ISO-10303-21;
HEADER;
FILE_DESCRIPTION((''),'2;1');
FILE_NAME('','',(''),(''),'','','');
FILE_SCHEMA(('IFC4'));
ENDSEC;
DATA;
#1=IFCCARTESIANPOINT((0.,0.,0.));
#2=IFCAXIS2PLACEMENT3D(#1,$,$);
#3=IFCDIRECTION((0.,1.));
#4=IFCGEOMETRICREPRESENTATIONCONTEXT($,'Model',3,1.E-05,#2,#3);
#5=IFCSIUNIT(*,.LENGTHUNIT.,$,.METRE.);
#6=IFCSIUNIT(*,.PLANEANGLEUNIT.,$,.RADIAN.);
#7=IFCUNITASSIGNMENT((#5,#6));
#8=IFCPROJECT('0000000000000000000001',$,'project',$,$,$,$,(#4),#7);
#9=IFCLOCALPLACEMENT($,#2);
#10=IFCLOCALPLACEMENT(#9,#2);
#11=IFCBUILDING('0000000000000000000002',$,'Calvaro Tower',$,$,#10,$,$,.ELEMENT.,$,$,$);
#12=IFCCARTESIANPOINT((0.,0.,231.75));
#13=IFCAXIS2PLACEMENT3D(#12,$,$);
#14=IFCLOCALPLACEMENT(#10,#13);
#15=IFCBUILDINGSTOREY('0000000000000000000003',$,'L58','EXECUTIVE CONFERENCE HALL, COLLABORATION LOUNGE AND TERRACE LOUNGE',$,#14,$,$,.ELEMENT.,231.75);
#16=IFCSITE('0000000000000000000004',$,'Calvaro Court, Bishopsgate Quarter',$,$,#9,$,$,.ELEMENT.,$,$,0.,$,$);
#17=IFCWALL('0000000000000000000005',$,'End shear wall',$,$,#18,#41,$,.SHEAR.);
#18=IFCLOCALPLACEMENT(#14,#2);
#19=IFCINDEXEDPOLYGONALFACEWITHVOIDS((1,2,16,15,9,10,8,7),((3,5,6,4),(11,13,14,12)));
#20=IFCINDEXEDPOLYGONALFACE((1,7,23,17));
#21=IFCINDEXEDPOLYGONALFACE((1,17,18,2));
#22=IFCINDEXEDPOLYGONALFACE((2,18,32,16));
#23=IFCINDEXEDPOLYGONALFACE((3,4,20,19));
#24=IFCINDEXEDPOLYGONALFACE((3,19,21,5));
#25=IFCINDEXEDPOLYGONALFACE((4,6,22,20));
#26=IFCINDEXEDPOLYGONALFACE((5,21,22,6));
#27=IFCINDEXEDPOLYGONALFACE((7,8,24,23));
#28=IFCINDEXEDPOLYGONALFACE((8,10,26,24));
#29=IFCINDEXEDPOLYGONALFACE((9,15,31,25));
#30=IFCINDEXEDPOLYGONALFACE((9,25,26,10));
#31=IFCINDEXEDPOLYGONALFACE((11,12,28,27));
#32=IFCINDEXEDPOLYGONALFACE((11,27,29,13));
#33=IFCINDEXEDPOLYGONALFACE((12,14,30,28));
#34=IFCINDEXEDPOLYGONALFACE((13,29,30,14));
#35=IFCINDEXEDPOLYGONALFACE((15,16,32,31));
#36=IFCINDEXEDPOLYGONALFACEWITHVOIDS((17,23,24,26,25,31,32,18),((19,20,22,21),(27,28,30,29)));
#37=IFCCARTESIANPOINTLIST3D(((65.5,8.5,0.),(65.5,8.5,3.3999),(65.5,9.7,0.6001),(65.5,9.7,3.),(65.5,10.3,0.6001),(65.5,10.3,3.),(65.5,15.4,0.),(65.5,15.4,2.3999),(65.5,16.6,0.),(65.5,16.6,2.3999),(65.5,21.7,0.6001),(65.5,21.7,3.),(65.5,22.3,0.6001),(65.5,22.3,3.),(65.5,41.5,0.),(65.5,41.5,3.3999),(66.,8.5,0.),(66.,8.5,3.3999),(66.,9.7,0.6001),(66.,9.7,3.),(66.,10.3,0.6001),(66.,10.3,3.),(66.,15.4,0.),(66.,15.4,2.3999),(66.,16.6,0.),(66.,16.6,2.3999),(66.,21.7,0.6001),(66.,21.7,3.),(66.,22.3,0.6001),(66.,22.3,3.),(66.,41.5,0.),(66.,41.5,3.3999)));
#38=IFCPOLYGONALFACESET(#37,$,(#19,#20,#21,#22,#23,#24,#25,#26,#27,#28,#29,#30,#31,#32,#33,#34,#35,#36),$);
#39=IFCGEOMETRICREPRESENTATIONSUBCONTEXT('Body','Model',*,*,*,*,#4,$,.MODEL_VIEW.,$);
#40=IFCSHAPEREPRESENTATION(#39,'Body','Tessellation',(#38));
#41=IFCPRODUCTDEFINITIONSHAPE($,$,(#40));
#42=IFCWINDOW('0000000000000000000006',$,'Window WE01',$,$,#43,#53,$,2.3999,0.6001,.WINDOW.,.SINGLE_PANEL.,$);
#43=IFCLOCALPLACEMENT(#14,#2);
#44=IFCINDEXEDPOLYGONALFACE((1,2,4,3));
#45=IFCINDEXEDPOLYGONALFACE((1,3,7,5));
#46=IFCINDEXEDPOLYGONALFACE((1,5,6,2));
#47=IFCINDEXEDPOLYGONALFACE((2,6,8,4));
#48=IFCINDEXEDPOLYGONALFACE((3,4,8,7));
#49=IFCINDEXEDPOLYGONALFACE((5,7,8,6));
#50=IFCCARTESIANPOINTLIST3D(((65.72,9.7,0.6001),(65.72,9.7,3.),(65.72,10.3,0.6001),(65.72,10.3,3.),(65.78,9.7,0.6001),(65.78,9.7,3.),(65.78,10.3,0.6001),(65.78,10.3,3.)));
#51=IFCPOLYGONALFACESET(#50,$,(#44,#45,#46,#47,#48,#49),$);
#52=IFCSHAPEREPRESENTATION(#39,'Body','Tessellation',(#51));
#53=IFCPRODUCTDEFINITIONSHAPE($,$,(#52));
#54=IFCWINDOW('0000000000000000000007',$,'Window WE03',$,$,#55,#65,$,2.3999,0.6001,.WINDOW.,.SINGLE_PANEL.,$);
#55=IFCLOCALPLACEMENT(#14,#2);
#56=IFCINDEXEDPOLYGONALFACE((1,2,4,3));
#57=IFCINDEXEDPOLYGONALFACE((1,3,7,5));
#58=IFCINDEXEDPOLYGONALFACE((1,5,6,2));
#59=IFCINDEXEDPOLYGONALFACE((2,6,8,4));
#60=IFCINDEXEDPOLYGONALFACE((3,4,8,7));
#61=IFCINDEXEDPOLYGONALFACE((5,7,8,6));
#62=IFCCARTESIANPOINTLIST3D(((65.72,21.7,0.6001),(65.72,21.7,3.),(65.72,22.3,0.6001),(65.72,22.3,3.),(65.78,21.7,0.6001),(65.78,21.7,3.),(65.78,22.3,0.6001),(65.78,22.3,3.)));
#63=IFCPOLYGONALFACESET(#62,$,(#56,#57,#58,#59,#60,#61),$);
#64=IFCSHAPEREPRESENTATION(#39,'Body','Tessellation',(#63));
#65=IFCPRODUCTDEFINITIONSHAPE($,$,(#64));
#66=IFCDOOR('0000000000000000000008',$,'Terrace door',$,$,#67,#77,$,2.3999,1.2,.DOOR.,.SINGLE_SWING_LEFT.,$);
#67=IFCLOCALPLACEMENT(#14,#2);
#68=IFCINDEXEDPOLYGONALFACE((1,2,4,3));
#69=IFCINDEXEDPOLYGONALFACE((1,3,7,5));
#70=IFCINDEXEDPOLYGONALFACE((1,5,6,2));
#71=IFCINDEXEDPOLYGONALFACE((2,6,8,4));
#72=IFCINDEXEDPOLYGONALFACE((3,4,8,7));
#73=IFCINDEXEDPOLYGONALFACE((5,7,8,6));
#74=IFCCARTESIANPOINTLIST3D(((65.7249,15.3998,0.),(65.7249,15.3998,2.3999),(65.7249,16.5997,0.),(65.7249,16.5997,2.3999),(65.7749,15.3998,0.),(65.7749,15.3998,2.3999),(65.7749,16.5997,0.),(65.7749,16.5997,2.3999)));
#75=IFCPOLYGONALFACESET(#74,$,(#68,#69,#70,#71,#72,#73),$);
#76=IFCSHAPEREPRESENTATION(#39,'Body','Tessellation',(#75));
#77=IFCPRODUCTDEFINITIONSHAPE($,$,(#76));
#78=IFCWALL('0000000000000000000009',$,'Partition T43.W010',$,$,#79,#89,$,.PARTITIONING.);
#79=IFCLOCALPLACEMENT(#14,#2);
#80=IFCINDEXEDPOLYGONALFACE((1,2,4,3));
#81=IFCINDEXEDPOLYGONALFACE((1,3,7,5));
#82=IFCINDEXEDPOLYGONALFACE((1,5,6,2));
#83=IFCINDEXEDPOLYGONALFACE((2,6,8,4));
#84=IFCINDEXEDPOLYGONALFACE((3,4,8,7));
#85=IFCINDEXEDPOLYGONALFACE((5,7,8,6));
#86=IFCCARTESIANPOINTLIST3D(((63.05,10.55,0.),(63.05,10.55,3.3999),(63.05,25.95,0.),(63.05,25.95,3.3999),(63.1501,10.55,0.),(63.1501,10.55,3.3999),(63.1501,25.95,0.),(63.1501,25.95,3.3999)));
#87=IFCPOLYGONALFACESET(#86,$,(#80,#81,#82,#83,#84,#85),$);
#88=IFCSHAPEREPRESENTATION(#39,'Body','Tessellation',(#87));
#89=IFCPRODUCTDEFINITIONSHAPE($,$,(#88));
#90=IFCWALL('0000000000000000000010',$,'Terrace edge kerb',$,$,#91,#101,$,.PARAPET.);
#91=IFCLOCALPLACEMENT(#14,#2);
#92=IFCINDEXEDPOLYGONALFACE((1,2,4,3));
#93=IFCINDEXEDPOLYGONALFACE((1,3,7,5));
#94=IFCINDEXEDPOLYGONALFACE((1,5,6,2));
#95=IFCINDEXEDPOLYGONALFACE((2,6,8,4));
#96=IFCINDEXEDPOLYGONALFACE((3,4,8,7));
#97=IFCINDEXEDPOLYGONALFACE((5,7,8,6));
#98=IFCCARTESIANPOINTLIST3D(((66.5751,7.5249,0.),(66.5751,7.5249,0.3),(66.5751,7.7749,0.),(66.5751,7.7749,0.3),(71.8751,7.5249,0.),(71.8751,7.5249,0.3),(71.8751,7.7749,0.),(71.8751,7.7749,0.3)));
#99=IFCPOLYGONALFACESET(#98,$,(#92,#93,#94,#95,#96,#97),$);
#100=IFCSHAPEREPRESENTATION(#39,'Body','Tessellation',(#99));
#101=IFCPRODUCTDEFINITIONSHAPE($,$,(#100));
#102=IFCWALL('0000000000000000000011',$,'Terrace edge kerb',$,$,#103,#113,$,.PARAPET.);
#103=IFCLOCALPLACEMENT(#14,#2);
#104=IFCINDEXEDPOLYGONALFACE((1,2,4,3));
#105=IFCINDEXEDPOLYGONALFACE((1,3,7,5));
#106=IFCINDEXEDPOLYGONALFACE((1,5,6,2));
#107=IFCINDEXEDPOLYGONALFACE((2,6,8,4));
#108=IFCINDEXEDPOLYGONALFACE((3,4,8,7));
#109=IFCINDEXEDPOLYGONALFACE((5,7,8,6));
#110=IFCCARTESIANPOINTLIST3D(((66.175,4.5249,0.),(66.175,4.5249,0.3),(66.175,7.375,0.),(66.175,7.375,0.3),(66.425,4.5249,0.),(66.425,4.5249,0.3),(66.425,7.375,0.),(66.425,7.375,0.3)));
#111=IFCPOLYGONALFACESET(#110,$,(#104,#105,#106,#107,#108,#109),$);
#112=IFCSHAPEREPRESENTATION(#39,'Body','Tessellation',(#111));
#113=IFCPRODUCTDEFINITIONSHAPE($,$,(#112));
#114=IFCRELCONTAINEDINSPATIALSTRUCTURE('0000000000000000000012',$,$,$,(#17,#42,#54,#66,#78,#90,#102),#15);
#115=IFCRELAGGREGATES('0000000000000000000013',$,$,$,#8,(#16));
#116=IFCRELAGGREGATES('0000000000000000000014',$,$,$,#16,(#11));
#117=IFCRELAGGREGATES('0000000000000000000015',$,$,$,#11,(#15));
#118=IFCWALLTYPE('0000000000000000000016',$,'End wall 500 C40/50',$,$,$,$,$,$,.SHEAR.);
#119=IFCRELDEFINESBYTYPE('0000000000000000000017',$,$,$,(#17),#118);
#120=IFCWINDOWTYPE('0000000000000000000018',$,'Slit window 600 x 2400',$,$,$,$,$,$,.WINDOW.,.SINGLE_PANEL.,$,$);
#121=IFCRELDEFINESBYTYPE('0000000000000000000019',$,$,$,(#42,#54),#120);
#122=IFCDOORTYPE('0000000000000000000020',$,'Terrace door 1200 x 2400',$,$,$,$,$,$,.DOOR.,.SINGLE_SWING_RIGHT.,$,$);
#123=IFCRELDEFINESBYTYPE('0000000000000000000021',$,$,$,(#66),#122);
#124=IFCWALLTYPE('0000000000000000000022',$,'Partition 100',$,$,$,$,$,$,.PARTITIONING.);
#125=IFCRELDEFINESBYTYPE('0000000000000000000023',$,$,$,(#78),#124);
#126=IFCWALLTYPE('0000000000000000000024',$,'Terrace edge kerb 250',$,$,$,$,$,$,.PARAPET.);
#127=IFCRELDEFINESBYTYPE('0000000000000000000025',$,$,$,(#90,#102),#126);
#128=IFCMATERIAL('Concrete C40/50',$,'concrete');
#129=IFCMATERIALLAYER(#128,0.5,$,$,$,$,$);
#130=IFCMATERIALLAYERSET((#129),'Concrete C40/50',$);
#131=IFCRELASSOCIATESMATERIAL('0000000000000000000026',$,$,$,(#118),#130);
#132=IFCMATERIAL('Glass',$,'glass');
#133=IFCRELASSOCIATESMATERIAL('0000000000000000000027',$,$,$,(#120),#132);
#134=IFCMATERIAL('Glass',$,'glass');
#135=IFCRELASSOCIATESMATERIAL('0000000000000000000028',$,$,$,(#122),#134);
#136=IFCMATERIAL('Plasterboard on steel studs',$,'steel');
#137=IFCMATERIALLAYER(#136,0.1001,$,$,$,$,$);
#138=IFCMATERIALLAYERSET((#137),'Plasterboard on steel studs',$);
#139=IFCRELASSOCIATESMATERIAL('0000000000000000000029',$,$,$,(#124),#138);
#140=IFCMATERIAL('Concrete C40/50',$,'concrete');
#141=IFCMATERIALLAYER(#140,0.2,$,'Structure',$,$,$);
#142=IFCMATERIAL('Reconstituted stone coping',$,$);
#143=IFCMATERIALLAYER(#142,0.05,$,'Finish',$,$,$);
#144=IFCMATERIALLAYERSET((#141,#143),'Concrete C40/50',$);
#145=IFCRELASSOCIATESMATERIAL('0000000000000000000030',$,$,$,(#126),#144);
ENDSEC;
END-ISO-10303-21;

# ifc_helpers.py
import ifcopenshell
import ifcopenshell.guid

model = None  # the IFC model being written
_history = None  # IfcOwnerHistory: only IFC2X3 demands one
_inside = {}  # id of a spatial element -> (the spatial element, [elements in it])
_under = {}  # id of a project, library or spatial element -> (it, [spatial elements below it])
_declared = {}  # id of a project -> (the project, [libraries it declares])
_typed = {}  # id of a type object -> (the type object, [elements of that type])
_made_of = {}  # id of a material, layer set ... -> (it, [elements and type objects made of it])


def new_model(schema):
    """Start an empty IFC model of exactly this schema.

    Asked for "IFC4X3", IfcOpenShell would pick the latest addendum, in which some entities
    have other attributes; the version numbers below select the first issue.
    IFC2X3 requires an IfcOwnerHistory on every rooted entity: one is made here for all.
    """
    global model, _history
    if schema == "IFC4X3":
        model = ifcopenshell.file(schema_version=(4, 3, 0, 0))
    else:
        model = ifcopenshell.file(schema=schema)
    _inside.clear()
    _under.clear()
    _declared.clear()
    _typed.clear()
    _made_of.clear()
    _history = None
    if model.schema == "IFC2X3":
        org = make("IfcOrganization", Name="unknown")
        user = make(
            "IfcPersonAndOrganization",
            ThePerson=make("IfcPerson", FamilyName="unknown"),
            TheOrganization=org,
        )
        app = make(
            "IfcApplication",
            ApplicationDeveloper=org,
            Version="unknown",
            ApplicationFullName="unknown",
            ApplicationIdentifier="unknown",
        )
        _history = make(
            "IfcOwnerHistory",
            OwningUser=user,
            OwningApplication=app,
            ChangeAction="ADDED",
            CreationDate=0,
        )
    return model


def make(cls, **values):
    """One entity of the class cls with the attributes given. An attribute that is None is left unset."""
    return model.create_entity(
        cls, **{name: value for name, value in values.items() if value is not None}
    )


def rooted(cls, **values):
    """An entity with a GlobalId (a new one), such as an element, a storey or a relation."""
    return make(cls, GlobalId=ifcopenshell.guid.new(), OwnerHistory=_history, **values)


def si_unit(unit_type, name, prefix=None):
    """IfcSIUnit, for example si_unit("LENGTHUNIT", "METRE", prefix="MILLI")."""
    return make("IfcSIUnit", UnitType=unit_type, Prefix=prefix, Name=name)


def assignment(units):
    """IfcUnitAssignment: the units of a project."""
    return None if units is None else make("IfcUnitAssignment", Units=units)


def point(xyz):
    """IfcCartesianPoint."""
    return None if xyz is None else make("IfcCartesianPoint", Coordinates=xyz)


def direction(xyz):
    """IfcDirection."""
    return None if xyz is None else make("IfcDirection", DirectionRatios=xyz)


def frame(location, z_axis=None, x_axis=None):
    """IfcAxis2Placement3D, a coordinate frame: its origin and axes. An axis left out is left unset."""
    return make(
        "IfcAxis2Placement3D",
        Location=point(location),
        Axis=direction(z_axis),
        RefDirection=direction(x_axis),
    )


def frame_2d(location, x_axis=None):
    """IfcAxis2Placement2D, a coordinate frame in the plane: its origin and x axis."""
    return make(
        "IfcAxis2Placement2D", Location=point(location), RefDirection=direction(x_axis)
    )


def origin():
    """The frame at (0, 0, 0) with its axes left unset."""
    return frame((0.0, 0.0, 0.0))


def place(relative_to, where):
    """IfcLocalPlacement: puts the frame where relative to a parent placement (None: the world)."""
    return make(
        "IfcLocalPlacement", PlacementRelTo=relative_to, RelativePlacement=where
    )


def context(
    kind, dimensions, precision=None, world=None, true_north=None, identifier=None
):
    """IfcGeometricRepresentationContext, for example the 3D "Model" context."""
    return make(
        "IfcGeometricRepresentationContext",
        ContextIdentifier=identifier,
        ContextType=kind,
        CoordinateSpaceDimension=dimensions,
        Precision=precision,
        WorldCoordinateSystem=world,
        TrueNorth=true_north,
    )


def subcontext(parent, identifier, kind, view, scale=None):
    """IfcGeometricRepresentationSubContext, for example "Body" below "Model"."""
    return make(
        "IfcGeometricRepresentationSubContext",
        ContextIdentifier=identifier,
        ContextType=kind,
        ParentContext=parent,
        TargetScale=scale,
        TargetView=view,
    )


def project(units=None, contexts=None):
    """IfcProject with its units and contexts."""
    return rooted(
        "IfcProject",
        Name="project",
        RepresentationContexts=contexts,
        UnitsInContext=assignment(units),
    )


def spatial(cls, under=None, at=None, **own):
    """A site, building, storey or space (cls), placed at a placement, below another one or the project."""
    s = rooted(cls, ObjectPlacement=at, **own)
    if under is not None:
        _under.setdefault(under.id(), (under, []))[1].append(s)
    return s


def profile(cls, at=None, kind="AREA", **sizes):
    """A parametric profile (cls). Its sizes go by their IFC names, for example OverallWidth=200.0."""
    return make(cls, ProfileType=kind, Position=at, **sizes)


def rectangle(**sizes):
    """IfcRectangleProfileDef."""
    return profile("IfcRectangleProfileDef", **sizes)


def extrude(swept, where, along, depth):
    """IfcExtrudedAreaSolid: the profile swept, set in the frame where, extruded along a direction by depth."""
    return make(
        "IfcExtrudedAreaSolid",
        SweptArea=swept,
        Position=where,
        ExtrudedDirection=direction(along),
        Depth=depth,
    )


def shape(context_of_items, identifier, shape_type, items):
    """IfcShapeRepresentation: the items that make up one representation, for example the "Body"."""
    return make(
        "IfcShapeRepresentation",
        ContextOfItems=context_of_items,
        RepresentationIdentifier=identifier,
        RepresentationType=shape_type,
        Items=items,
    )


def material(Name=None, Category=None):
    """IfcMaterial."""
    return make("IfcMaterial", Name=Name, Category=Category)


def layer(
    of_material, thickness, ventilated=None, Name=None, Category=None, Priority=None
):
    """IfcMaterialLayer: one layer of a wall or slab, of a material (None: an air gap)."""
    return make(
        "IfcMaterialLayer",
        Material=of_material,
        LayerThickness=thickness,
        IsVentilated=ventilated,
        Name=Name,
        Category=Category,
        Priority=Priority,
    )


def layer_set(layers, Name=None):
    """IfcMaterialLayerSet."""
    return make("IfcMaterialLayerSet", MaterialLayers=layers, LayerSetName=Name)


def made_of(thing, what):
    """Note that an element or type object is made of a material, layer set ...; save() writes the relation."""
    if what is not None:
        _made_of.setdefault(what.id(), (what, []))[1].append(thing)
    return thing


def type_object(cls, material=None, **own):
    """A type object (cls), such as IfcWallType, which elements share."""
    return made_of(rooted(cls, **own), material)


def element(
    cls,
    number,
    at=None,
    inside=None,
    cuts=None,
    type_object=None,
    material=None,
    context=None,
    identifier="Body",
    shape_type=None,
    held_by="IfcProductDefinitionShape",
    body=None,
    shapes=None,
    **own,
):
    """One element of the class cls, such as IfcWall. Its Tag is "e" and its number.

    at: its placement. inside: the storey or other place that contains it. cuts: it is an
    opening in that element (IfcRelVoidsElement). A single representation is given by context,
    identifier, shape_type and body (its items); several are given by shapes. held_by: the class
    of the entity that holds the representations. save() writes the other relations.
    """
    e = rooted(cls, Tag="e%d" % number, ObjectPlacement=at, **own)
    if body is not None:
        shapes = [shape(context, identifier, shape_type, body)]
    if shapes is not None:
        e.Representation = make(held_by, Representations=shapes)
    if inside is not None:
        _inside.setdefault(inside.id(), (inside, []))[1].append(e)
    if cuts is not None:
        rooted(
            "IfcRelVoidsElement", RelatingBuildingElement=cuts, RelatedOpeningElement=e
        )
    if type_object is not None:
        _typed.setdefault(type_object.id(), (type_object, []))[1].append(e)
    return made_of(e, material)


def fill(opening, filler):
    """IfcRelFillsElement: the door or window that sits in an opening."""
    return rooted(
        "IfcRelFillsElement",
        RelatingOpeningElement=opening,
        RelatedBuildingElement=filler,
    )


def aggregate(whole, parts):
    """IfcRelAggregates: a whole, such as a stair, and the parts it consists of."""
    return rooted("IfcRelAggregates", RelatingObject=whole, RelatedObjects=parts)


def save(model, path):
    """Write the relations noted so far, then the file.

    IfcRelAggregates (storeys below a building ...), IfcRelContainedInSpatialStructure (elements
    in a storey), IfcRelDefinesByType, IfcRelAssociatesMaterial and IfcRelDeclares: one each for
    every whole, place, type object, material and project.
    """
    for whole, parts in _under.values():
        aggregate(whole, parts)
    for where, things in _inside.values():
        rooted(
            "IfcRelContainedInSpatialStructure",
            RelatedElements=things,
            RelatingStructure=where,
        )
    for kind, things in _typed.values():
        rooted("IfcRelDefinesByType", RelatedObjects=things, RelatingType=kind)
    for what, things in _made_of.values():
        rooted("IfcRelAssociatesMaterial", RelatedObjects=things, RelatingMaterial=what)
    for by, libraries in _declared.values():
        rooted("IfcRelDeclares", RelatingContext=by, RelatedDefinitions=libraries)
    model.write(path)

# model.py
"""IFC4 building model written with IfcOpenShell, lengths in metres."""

from ifc_helpers import new_model, si_unit, direction, frame, frame_2d, origin, place, context, subcontext, project, spatial, rectangle, extrude, material, layer, layer_set, type_object, element, fill, save


model = new_model("IFC4")

# Units and contexts
model_context = context("Model", 3, precision=1e-05, world=origin(), true_north=direction((0.0, 1.0)))
body_context = subcontext(model_context, "Body", "Model", "MODEL_VIEW")
ifc_project = project(units=[si_unit("LENGTHUNIT", "METRE"), si_unit("PLANEANGLEUNIT", "RADIAN")], contexts=[model_context])

# Site, building, storey
site_placement = place(None, origin())
site = spatial("IfcSite", under=ifc_project, at=site_placement, Name="Calvaro Court, Bishopsgate Quarter", CompositionType="ELEMENT", RefElevation=0.0)
building_placement = place(site_placement, origin())
building = spatial("IfcBuilding", under=site, at=building_placement, Name="Calvaro Tower", CompositionType="ELEMENT")
storey_placement = place(building_placement, frame((0.0, 0.0, 231.75)))
storey = spatial("IfcBuildingStorey", under=building, at=storey_placement, Name="L58", Description="EXECUTIVE CONFERENCE HALL, COLLABORATION LOUNGE AND TERRACE LOUNGE", CompositionType="ELEMENT", Elevation=231.75)

# Wall, openings, windows, door
ifc_material_1 = material(Name="Concrete C40/50", Category="concrete")
ifc_layer_1 = layer(ifc_material_1, 0.5)
ifc_layer_set_1 = layer_set([ifc_layer_1], Name="Concrete C40/50")
wall_type_1 = type_object("IfcWallType", Name="End wall 500 C40/50", PredefinedType="SHEAR", material=ifc_layer_set_1)
wall_1_placement = place(storey_placement, frame((65.75, 8.5, 0.0), z_axis=(0.0, 0.0, 1.0), x_axis=(0.0, 1.0, 0.0)))
wall_1 = element("IfcWall", 1, at=wall_1_placement, inside=storey, type_object=wall_type_1, Name="End shear wall", PredefinedType="SHEAR", context=body_context, shape_type="SweptSolid", body=[
    extrude(rectangle(XDim=33.0, YDim=0.5, at=frame_2d((16.5, 0.0))), origin(), (0.0, 0.0, 1.0), 3.3999),
])
opening_1_placement = place(wall_1_placement, frame((1.2, 0.0, 0.6001)))
opening_1 = element("IfcOpeningElement", 2, at=opening_1_placement, cuts=wall_1, PredefinedType="OPENING", context=body_context, shape_type="SweptSolid", body=[
    extrude(rectangle(XDim=0.6001, YDim=2.3999, at=frame_2d((0.3, 1.2))), frame((0.0, 0.26, 0.0), z_axis=(0.0, -1.0, 0.0), x_axis=(1.0, 0.0, 0.0)), (0.0, 0.0, 1.0), 0.52),
])
opening_2_placement = place(wall_1_placement, frame((13.2, 0.0, 0.6001)))
opening_2 = element("IfcOpeningElement", 3, at=opening_2_placement, cuts=wall_1, PredefinedType="OPENING", context=body_context, shape_type="SweptSolid", body=[
    extrude(rectangle(XDim=0.6001, YDim=2.3999, at=frame_2d((0.3, 1.2))), frame((0.0, 0.26, 0.0), z_axis=(0.0, -1.0, 0.0), x_axis=(1.0, 0.0, 0.0)), (0.0, 0.0, 1.0), 0.52),
])
opening_3_placement = place(wall_1_placement, frame((6.8999, 0.0, 0.0)))
opening_3 = element("IfcOpeningElement", 4, at=opening_3_placement, cuts=wall_1, PredefinedType="OPENING", context=body_context, shape_type="SweptSolid", body=[
    extrude(rectangle(XDim=1.2, YDim=2.3999, at=frame_2d((0.6001, 1.2))), frame((0.0, 0.26, 0.0), z_axis=(0.0, -1.0, 0.0), x_axis=(1.0, 0.0, 0.0)), (0.0, 0.0, 1.0), 0.52),
])
ifc_material_2 = material(Name="Glass", Category="glass")
window_type = type_object("IfcWindowType", Name="Slit window 600 x 2400", PartitioningType="SINGLE_PANEL", PredefinedType="WINDOW", material=ifc_material_2)
window_1_placement = place(opening_1_placement, origin())
window_1 = element("IfcWindow", 5, at=window_1_placement, inside=storey, type_object=window_type, Name="Window WE01", OverallHeight=2.3999, OverallWidth=0.6001, PartitioningType="SINGLE_PANEL", PredefinedType="WINDOW", context=body_context, shape_type="SweptSolid", body=[
    extrude(rectangle(XDim=0.6001, YDim=2.3999, at=frame_2d((0.3, 1.2))), frame((0.0, 0.03, 0.0), z_axis=(0.0, -1.0, 0.0), x_axis=(1.0, 0.0, 0.0)), (0.0, 0.0, 1.0), 0.0601),
])
fill(opening_1, window_1)
window_2_placement = place(opening_2_placement, origin())
window_2 = element("IfcWindow", 6, at=window_2_placement, inside=storey, type_object=window_type, Name="Window WE03", OverallHeight=2.3999, OverallWidth=0.6001, PartitioningType="SINGLE_PANEL", PredefinedType="WINDOW", context=body_context, shape_type="SweptSolid", body=[
    extrude(rectangle(XDim=0.6001, YDim=2.3999, at=frame_2d((0.3, 1.2))), frame((0.0, 0.03, 0.0), z_axis=(0.0, -1.0, 0.0), x_axis=(1.0, 0.0, 0.0)), (0.0, 0.0, 1.0), 0.0601),
])
fill(opening_2, window_2)
ifc_material_3 = material(Name="Glass", Category="glass")
door_type = type_object("IfcDoorType", Name="Terrace door 1200 x 2400", OperationType="SINGLE_SWING_RIGHT", PredefinedType="DOOR", material=ifc_material_3)
door_placement = place(opening_3_placement, frame((1.2, 0.0, 0.0), z_axis=(0.0, 0.0, 1.0), x_axis=(-1.0, 0.0, 0.0)))
door = element("IfcDoor", 7, at=door_placement, inside=storey, type_object=door_type, Name="Terrace door", OperationType="SINGLE_SWING_LEFT", OverallHeight=2.3999, OverallWidth=1.2, PredefinedType="DOOR", context=body_context, shape_type="SweptSolid", body=[
    extrude(rectangle(XDim=1.2, YDim=2.3999, at=frame_2d((0.6001, 1.2))), frame((0.0, 0.0249, 0.0), z_axis=(0.0, -1.0, 0.0), x_axis=(1.0, 0.0, 0.0)), (0.0, 0.0, 1.0), 0.05),
])
fill(opening_3, door)

# Walls
ifc_material_4 = material(Name="Plasterboard on steel studs", Category="steel")
ifc_layer_2 = layer(ifc_material_4, 0.1001)
ifc_layer_set_2 = layer_set([ifc_layer_2], Name="Plasterboard on steel studs")
wall_type_2 = type_object("IfcWallType", Name="Partition 100", PredefinedType="PARTITIONING", material=ifc_layer_set_2)
wall_2_placement = place(storey_placement, frame((63.1001, 10.55, 0.0), z_axis=(0.0, 0.0, 1.0), x_axis=(0.0, 1.0, 0.0)))
element("IfcWall", 8, at=wall_2_placement, inside=storey, type_object=wall_type_2, Name="Partition T43.W010", PredefinedType="PARTITIONING", context=body_context, shape_type="SweptSolid", body=[
    extrude(rectangle(XDim=15.3999, YDim=0.1001, at=frame_2d((7.7, 0.0))), origin(), (0.0, 0.0, 1.0), 3.3999),
])
ifc_material_5 = material(Name="Concrete C40/50", Category="concrete")
ifc_layer_3 = layer(ifc_material_5, 0.2, Name="Structure")
ifc_material_6 = material(Name="Reconstituted stone coping")
ifc_layer_4 = layer(ifc_material_6, 0.05, Name="Finish")
ifc_layer_set_3 = layer_set([ifc_layer_3, ifc_layer_4], Name="Concrete C40/50")
wall_type_3 = type_object("IfcWallType", Name="Terrace edge kerb 250", PredefinedType="PARAPET", material=ifc_layer_set_3)
wall_3_placement = place(storey_placement, frame((71.875, 7.6499, 0.0), z_axis=(0.0, 0.0, 1.0), x_axis=(-1.0, 0.0, 0.0)))
element("IfcWall", 9, at=wall_3_placement, inside=storey, type_object=wall_type_3, Name="Terrace edge kerb", PredefinedType="PARAPET", context=body_context, shape_type="SweptSolid", body=[
    extrude(rectangle(XDim=5.3, YDim=0.25, at=frame_2d((2.6499, 0.0))), origin(), (0.0, 0.0, 1.0), 0.3),
])
wall_4_placement = place(storey_placement, frame((66.3, 7.375, 0.0), z_axis=(0.0, 0.0, 1.0), x_axis=(0.0, -1.0, 0.0)))
element("IfcWall", 10, at=wall_4_placement, inside=storey, type_object=wall_type_3, Name="Terrace edge kerb", PredefinedType="PARAPET", context=body_context, shape_type="SweptSolid", body=[
    extrude(rectangle(XDim=2.8501, YDim=0.25, at=frame_2d((1.425, 0.0))), origin(), (0.0, 0.0, 1.0), 0.3),
])

save(model, "model.ifc")
